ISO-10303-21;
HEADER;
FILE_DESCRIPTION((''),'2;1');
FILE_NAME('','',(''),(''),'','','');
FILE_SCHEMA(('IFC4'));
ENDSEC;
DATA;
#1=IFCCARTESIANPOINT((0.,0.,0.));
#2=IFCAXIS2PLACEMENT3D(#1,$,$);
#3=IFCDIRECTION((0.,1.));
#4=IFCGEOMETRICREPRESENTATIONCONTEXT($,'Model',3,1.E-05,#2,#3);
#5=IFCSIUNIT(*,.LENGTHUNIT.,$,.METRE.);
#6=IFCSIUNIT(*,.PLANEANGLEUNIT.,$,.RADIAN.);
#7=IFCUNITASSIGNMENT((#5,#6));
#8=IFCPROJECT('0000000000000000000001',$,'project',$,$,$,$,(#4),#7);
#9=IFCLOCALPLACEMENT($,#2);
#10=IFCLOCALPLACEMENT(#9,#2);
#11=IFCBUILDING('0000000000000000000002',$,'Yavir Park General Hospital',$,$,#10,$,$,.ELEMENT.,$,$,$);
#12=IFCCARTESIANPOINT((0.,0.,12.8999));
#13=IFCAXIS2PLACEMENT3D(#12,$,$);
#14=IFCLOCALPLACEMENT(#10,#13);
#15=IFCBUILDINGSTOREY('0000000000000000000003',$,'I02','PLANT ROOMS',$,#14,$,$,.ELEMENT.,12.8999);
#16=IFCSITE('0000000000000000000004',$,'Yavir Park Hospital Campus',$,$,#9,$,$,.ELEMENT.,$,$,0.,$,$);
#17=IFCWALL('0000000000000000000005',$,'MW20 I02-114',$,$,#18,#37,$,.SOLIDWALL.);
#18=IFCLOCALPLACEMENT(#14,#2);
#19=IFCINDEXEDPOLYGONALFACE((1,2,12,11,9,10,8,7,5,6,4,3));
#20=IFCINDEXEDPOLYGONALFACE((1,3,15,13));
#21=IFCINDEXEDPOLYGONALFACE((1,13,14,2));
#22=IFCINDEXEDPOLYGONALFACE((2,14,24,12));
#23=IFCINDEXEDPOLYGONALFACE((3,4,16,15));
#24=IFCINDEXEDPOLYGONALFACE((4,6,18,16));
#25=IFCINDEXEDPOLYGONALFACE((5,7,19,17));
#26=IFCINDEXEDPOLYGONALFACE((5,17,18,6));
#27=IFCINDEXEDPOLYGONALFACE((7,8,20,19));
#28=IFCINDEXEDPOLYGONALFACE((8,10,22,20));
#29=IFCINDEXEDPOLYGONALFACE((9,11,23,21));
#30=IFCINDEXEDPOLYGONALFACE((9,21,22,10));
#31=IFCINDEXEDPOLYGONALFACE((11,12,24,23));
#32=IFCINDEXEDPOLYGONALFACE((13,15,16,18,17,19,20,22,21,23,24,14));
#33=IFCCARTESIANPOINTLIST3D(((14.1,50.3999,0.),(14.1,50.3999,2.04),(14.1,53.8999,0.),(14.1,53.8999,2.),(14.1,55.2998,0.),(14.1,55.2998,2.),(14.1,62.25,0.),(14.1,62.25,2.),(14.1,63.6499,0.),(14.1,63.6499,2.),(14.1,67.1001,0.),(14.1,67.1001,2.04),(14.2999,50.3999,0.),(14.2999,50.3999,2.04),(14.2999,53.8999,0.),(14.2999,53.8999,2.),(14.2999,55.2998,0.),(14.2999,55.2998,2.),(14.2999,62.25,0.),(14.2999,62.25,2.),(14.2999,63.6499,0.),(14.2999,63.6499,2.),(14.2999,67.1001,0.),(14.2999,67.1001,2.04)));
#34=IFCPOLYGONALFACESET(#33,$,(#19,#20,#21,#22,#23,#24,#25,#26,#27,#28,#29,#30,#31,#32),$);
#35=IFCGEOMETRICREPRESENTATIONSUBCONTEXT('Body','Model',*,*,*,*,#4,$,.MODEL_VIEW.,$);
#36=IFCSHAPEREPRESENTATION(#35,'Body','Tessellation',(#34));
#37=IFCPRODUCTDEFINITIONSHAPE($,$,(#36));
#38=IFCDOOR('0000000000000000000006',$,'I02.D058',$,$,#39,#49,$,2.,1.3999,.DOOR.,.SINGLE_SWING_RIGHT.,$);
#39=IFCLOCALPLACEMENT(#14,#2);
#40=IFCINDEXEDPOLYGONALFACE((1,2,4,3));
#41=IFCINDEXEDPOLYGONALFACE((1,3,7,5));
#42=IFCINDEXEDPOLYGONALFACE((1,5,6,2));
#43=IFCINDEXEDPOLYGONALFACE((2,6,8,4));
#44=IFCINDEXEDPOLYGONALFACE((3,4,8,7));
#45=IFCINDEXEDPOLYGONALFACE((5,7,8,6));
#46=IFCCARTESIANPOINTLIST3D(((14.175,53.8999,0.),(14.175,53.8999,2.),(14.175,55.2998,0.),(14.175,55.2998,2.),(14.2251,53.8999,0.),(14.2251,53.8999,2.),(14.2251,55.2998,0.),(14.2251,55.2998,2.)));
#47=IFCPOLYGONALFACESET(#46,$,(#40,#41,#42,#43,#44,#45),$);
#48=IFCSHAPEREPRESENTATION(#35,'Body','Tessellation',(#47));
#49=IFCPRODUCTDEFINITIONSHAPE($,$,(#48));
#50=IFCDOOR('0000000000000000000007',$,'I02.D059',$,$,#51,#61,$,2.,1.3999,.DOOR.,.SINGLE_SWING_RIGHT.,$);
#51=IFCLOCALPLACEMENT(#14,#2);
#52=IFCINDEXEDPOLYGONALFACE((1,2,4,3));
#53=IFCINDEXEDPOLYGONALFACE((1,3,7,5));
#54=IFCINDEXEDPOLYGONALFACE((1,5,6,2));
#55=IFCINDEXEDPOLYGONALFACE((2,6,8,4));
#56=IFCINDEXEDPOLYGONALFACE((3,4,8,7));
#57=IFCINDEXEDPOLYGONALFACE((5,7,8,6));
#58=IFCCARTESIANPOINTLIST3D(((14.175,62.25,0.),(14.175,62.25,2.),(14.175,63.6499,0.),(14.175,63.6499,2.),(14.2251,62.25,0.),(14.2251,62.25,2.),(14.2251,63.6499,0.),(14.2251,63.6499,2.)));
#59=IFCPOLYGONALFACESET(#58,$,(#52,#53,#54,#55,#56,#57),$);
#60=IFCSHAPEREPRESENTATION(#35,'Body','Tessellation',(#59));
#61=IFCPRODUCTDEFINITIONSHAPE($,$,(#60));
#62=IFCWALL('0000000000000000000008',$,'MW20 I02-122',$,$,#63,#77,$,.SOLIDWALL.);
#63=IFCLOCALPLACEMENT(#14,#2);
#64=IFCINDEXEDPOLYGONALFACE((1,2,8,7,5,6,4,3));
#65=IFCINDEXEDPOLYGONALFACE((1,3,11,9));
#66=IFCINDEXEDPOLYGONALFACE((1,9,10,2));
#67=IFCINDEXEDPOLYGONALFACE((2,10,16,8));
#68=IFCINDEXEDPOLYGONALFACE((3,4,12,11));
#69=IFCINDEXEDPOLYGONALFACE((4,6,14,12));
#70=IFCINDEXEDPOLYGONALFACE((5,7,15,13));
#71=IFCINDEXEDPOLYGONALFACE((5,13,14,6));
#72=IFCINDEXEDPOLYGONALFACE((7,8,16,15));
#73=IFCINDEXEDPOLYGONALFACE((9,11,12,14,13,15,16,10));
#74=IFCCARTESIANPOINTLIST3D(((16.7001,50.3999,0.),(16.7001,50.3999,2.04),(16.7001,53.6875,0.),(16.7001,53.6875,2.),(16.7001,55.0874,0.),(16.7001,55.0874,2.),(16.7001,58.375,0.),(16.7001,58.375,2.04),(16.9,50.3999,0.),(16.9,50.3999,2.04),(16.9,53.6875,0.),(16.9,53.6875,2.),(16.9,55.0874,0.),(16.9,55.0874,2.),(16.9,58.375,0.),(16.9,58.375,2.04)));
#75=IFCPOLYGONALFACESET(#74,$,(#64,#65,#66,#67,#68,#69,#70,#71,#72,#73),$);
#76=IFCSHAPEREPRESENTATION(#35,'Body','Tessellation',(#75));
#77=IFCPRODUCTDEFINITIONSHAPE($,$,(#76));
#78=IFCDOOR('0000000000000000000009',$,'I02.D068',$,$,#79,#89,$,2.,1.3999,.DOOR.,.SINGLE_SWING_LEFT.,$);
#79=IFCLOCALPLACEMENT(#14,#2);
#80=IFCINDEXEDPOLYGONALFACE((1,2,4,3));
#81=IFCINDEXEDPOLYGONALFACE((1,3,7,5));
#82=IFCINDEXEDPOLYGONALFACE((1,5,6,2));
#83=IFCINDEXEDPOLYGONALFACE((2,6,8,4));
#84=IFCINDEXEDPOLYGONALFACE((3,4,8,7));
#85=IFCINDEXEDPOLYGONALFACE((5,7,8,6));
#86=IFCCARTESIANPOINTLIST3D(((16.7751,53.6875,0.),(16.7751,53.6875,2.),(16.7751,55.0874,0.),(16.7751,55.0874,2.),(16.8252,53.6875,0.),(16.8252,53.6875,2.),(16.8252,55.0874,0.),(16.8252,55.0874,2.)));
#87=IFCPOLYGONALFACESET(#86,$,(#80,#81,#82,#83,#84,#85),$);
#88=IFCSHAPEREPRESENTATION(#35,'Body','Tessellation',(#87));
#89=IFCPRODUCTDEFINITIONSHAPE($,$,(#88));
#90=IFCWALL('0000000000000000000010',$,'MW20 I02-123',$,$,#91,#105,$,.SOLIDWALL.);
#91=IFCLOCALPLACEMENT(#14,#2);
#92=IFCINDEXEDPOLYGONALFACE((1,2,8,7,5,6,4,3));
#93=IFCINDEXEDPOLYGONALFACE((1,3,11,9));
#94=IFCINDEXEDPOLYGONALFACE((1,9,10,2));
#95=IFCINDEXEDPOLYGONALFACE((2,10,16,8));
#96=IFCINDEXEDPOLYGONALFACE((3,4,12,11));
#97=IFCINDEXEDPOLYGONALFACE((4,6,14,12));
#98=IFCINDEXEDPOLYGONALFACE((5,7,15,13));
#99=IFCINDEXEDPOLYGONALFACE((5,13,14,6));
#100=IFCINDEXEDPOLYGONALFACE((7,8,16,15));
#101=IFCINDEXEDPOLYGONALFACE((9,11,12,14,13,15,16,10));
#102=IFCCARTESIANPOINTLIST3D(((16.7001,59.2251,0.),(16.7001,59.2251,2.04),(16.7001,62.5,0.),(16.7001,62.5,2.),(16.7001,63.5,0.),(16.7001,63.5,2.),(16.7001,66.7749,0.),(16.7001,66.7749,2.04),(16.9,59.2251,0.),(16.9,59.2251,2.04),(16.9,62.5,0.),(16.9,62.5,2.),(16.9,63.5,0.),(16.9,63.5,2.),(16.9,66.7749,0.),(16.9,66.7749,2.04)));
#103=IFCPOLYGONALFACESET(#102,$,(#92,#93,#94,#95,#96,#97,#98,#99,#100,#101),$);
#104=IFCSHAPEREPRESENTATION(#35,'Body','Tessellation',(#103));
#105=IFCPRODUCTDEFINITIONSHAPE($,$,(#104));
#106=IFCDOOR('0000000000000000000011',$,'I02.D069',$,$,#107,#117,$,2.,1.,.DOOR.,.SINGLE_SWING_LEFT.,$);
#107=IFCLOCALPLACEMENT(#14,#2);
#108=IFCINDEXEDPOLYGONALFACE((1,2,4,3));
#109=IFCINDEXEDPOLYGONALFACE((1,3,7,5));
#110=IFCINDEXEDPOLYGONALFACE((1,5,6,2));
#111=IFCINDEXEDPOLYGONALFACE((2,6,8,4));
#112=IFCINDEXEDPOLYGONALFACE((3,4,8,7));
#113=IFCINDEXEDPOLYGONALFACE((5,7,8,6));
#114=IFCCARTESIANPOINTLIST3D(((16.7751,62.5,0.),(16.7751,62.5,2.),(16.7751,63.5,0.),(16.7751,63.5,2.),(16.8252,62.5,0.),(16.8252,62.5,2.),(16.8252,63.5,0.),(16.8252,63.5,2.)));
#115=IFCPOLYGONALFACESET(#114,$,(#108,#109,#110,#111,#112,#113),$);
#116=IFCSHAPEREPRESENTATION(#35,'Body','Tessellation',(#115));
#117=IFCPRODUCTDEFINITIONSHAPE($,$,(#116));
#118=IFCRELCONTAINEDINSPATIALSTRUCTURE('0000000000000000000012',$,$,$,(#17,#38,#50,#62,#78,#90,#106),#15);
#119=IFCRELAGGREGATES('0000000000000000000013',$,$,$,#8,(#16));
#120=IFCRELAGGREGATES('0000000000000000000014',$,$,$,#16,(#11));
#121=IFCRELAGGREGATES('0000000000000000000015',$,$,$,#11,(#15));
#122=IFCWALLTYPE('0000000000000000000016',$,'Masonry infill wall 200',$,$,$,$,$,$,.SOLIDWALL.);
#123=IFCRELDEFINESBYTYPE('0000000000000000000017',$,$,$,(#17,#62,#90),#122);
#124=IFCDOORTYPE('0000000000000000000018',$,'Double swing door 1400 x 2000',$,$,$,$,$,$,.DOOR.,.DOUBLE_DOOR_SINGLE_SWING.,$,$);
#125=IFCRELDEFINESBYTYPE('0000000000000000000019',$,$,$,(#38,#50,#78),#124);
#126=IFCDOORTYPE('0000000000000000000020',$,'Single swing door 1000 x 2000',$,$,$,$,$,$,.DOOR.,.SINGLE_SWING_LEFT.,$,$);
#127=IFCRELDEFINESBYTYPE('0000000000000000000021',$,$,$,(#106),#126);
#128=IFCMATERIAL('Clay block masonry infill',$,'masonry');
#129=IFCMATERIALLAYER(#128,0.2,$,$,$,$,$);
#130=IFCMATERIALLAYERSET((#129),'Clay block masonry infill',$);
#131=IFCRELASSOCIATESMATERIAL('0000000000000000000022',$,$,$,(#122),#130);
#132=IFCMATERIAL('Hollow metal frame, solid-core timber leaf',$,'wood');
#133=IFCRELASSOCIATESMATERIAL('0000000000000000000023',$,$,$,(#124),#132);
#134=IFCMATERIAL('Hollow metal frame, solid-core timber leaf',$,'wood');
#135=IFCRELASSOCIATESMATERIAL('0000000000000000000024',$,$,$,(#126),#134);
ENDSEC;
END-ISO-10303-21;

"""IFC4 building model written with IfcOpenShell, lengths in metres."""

from ifc_helpers import new_model, si_unit, direction, frame, frame_2d, origin, place, context, subcontext, project, spatial, rectangle, extrude, material, layer, layer_set, type_object, element, fill, save


model = new_model("IFC4")

# Units and contexts
model_context = context("Model", 3, precision=1e-05, world=origin(), true_north=direction((0.0, 1.0)))
body_context = subcontext(model_context, "Body", "Model", "MODEL_VIEW")
ifc_project = project(units=[si_unit("LENGTHUNIT", "METRE"), si_unit("PLANEANGLEUNIT", "RADIAN")], contexts=[model_context])

# Site, building, storey
site_placement = place(None, origin())
site = spatial("IfcSite", under=ifc_project, at=site_placement, Name="Yavir Park Hospital Campus", CompositionType="ELEMENT", RefElevation=0.0)
building_placement = place(site_placement, origin())
building = spatial("IfcBuilding", under=site, at=building_placement, Name="Yavir Park General Hospital", CompositionType="ELEMENT")
storey_placement = place(building_placement, frame((0.0, 0.0, 12.8999)))
storey = spatial("IfcBuildingStorey", under=building, at=storey_placement, Name="I02", Description="PLANT ROOMS", CompositionType="ELEMENT", Elevation=12.8999)

# Shared definitions
ifc_material_1 = material(Name="Clay block masonry infill", Category="masonry")
ifc_layer_1 = layer(ifc_material_1, 0.2)
ifc_layer_set_1 = layer_set([ifc_layer_1], Name="Clay block masonry infill")
wall_type_1 = type_object("IfcWallType", Name="Masonry infill wall 200", PredefinedType="SOLIDWALL", material=ifc_layer_set_1)

# Wall, openings, doors
wall_1_placement = place(storey_placement, frame((14.2, 50.3999, 0.0), z_axis=(0.0, 0.0, 1.0), x_axis=(0.0, 1.0, 0.0)))
wall_1 = element("IfcWall", 1, at=wall_1_placement, inside=storey, type_object=wall_type_1, Name="MW20 I02-114", PredefinedType="SOLIDWALL", context=body_context, shape_type="SweptSolid", body=[
    extrude(rectangle(XDim=16.7002, YDim=0.2, at=frame_2d((8.3501, 0.0))), origin(), (0.0, 0.0, 1.0), 2.04),
])
opening_1_placement = place(wall_1_placement, frame((3.5, 0.0, 0.0)))
opening_1 = element("IfcOpeningElement", 2, at=opening_1_placement, cuts=wall_1, PredefinedType="OPENING", context=body_context, shape_type="SweptSolid", body=[
    extrude(rectangle(XDim=1.3999, YDim=2.0, at=frame_2d((0.7, 1.0))), frame((0.0, 0.1099, 0.0), z_axis=(0.0, -1.0, 0.0), x_axis=(1.0, 0.0, 0.0)), (0.0, 0.0, 1.0), 0.22),
])
opening_2_placement = place(wall_1_placement, frame((11.8501, 0.0, 0.0)))
opening_2 = element("IfcOpeningElement", 3, at=opening_2_placement, cuts=wall_1, PredefinedType="OPENING", context=body_context, shape_type="SweptSolid", body=[
    extrude(rectangle(XDim=1.3999, YDim=2.0, at=frame_2d((0.7, 1.0))), frame((0.0, 0.1099, 0.0), z_axis=(0.0, -1.0, 0.0), x_axis=(1.0, 0.0, 0.0)), (0.0, 0.0, 1.0), 0.22),
])
ifc_material_2 = material(Name="Hollow metal frame, solid-core timber leaf", Category="wood")
door_type_1 = type_object("IfcDoorType", Name="Double swing door 1400 x 2000", OperationType="DOUBLE_DOOR_SINGLE_SWING", PredefinedType="DOOR", material=ifc_material_2)
door_1_placement = place(opening_1_placement, origin())
door_1 = element("IfcDoor", 4, at=door_1_placement, inside=storey, type_object=door_type_1, Name="I02.D058", OperationType="SINGLE_SWING_RIGHT", OverallHeight=2.0, OverallWidth=1.3999, PredefinedType="DOOR", context=body_context, shape_type="SweptSolid", body=[
    extrude(rectangle(XDim=1.3999, YDim=2.0, at=frame_2d((0.7, 1.0))), frame((0.0, 0.0249, 0.0), z_axis=(0.0, -1.0, 0.0), x_axis=(1.0, 0.0, 0.0)), (0.0, 0.0, 1.0), 0.05),
])
fill(opening_1, door_1)
door_2_placement = place(opening_2_placement, origin())
door_2 = element("IfcDoor", 5, at=door_2_placement, inside=storey, type_object=door_type_1, Name="I02.D059", OperationType="SINGLE_SWING_RIGHT", OverallHeight=2.0, OverallWidth=1.3999, PredefinedType="DOOR", context=body_context, shape_type="SweptSolid", body=[
    extrude(rectangle(XDim=1.3999, YDim=2.0, at=frame_2d((0.7, 1.0))), frame((0.0, 0.0249, 0.0), z_axis=(0.0, -1.0, 0.0), x_axis=(1.0, 0.0, 0.0)), (0.0, 0.0, 1.0), 0.05),
])
fill(opening_2, door_2)

# Walls, openings, doors
wall_2_placement = place(storey_placement, frame((16.8, 50.3999, 0.0), z_axis=(0.0, 0.0, 1.0), x_axis=(0.0, 1.0, 0.0)))
wall_2 = element("IfcWall", 6, at=wall_2_placement, inside=storey, type_object=wall_type_1, Name="MW20 I02-122", PredefinedType="SOLIDWALL", context=body_context, shape_type="SweptSolid", body=[
    extrude(rectangle(XDim=7.9751, YDim=0.2, at=frame_2d((3.9875, 0.0))), origin(), (0.0, 0.0, 1.0), 2.04),
])
opening_3_placement = place(wall_2_placement, frame((3.2876, 0.0, 0.0)))
opening_3 = element("IfcOpeningElement", 7, at=opening_3_placement, cuts=wall_2, PredefinedType="OPENING", context=body_context, shape_type="SweptSolid", body=[
    extrude(rectangle(XDim=1.3999, YDim=2.0, at=frame_2d((0.7, 1.0))), frame((0.0, 0.1099, 0.0), z_axis=(0.0, -1.0, 0.0), x_axis=(1.0, 0.0, 0.0)), (0.0, 0.0, 1.0), 0.22),
])
door_3_placement = place(opening_3_placement, origin())
door_3 = element("IfcDoor", 8, at=door_3_placement, inside=storey, type_object=door_type_1, Name="I02.D068", OperationType="SINGLE_SWING_LEFT", OverallHeight=2.0, OverallWidth=1.3999, PredefinedType="DOOR", context=body_context, shape_type="SweptSolid", body=[
    extrude(rectangle(XDim=1.3999, YDim=2.0, at=frame_2d((0.7, 1.0))), frame((0.0, 0.0249, 0.0), z_axis=(0.0, -1.0, 0.0), x_axis=(1.0, 0.0, 0.0)), (0.0, 0.0, 1.0), 0.05),
])
fill(opening_3, door_3)
wall_3_placement = place(storey_placement, frame((16.8, 59.2251, 0.0), z_axis=(0.0, 0.0, 1.0), x_axis=(0.0, 1.0, 0.0)))
wall_3 = element("IfcWall", 9, at=wall_3_placement, inside=storey, type_object=wall_type_1, Name="MW20 I02-123", PredefinedType="SOLIDWALL", context=body_context, shape_type="SweptSolid", body=[
    extrude(rectangle(XDim=7.5498, YDim=0.2, at=frame_2d((3.7749, 0.0))), origin(), (0.0, 0.0, 1.0), 2.04),
])
opening_4_placement = place(wall_3_placement, frame((3.2749, 0.0, 0.0)))
opening_4 = element("IfcOpeningElement", 10, at=opening_4_placement, cuts=wall_3, PredefinedType="OPENING", context=body_context, shape_type="SweptSolid", body=[
    extrude(rectangle(XDim=1.0, YDim=2.0, at=frame_2d((0.5, 1.0))), frame((0.0, 0.1099, 0.0), z_axis=(0.0, -1.0, 0.0), x_axis=(1.0, 0.0, 0.0)), (0.0, 0.0, 1.0), 0.22),
])
ifc_material_3 = material(Name="Hollow metal frame, solid-core timber leaf", Category="wood")
door_type_2 = type_object("IfcDoorType", Name="Single swing door 1000 x 2000", OperationType="SINGLE_SWING_LEFT", PredefinedType="DOOR", material=ifc_material_3)
door_4_placement = place(opening_4_placement, origin())
door_4 = element("IfcDoor", 11, at=door_4_placement, inside=storey, type_object=door_type_2, Name="I02.D069", OperationType="SINGLE_SWING_LEFT", OverallHeight=2.0, OverallWidth=1.0, PredefinedType="DOOR", context=body_context, shape_type="SweptSolid", body=[
    extrude(rectangle(XDim=1.0, YDim=2.0, at=frame_2d((0.5, 1.0))), frame((0.0, 0.0249, 0.0), z_axis=(0.0, -1.0, 0.0), x_axis=(1.0, 0.0, 0.0)), (0.0, 0.0, 1.0), 0.05),
])
fill(opening_4, door_4)

save(model, "model.ifc")
